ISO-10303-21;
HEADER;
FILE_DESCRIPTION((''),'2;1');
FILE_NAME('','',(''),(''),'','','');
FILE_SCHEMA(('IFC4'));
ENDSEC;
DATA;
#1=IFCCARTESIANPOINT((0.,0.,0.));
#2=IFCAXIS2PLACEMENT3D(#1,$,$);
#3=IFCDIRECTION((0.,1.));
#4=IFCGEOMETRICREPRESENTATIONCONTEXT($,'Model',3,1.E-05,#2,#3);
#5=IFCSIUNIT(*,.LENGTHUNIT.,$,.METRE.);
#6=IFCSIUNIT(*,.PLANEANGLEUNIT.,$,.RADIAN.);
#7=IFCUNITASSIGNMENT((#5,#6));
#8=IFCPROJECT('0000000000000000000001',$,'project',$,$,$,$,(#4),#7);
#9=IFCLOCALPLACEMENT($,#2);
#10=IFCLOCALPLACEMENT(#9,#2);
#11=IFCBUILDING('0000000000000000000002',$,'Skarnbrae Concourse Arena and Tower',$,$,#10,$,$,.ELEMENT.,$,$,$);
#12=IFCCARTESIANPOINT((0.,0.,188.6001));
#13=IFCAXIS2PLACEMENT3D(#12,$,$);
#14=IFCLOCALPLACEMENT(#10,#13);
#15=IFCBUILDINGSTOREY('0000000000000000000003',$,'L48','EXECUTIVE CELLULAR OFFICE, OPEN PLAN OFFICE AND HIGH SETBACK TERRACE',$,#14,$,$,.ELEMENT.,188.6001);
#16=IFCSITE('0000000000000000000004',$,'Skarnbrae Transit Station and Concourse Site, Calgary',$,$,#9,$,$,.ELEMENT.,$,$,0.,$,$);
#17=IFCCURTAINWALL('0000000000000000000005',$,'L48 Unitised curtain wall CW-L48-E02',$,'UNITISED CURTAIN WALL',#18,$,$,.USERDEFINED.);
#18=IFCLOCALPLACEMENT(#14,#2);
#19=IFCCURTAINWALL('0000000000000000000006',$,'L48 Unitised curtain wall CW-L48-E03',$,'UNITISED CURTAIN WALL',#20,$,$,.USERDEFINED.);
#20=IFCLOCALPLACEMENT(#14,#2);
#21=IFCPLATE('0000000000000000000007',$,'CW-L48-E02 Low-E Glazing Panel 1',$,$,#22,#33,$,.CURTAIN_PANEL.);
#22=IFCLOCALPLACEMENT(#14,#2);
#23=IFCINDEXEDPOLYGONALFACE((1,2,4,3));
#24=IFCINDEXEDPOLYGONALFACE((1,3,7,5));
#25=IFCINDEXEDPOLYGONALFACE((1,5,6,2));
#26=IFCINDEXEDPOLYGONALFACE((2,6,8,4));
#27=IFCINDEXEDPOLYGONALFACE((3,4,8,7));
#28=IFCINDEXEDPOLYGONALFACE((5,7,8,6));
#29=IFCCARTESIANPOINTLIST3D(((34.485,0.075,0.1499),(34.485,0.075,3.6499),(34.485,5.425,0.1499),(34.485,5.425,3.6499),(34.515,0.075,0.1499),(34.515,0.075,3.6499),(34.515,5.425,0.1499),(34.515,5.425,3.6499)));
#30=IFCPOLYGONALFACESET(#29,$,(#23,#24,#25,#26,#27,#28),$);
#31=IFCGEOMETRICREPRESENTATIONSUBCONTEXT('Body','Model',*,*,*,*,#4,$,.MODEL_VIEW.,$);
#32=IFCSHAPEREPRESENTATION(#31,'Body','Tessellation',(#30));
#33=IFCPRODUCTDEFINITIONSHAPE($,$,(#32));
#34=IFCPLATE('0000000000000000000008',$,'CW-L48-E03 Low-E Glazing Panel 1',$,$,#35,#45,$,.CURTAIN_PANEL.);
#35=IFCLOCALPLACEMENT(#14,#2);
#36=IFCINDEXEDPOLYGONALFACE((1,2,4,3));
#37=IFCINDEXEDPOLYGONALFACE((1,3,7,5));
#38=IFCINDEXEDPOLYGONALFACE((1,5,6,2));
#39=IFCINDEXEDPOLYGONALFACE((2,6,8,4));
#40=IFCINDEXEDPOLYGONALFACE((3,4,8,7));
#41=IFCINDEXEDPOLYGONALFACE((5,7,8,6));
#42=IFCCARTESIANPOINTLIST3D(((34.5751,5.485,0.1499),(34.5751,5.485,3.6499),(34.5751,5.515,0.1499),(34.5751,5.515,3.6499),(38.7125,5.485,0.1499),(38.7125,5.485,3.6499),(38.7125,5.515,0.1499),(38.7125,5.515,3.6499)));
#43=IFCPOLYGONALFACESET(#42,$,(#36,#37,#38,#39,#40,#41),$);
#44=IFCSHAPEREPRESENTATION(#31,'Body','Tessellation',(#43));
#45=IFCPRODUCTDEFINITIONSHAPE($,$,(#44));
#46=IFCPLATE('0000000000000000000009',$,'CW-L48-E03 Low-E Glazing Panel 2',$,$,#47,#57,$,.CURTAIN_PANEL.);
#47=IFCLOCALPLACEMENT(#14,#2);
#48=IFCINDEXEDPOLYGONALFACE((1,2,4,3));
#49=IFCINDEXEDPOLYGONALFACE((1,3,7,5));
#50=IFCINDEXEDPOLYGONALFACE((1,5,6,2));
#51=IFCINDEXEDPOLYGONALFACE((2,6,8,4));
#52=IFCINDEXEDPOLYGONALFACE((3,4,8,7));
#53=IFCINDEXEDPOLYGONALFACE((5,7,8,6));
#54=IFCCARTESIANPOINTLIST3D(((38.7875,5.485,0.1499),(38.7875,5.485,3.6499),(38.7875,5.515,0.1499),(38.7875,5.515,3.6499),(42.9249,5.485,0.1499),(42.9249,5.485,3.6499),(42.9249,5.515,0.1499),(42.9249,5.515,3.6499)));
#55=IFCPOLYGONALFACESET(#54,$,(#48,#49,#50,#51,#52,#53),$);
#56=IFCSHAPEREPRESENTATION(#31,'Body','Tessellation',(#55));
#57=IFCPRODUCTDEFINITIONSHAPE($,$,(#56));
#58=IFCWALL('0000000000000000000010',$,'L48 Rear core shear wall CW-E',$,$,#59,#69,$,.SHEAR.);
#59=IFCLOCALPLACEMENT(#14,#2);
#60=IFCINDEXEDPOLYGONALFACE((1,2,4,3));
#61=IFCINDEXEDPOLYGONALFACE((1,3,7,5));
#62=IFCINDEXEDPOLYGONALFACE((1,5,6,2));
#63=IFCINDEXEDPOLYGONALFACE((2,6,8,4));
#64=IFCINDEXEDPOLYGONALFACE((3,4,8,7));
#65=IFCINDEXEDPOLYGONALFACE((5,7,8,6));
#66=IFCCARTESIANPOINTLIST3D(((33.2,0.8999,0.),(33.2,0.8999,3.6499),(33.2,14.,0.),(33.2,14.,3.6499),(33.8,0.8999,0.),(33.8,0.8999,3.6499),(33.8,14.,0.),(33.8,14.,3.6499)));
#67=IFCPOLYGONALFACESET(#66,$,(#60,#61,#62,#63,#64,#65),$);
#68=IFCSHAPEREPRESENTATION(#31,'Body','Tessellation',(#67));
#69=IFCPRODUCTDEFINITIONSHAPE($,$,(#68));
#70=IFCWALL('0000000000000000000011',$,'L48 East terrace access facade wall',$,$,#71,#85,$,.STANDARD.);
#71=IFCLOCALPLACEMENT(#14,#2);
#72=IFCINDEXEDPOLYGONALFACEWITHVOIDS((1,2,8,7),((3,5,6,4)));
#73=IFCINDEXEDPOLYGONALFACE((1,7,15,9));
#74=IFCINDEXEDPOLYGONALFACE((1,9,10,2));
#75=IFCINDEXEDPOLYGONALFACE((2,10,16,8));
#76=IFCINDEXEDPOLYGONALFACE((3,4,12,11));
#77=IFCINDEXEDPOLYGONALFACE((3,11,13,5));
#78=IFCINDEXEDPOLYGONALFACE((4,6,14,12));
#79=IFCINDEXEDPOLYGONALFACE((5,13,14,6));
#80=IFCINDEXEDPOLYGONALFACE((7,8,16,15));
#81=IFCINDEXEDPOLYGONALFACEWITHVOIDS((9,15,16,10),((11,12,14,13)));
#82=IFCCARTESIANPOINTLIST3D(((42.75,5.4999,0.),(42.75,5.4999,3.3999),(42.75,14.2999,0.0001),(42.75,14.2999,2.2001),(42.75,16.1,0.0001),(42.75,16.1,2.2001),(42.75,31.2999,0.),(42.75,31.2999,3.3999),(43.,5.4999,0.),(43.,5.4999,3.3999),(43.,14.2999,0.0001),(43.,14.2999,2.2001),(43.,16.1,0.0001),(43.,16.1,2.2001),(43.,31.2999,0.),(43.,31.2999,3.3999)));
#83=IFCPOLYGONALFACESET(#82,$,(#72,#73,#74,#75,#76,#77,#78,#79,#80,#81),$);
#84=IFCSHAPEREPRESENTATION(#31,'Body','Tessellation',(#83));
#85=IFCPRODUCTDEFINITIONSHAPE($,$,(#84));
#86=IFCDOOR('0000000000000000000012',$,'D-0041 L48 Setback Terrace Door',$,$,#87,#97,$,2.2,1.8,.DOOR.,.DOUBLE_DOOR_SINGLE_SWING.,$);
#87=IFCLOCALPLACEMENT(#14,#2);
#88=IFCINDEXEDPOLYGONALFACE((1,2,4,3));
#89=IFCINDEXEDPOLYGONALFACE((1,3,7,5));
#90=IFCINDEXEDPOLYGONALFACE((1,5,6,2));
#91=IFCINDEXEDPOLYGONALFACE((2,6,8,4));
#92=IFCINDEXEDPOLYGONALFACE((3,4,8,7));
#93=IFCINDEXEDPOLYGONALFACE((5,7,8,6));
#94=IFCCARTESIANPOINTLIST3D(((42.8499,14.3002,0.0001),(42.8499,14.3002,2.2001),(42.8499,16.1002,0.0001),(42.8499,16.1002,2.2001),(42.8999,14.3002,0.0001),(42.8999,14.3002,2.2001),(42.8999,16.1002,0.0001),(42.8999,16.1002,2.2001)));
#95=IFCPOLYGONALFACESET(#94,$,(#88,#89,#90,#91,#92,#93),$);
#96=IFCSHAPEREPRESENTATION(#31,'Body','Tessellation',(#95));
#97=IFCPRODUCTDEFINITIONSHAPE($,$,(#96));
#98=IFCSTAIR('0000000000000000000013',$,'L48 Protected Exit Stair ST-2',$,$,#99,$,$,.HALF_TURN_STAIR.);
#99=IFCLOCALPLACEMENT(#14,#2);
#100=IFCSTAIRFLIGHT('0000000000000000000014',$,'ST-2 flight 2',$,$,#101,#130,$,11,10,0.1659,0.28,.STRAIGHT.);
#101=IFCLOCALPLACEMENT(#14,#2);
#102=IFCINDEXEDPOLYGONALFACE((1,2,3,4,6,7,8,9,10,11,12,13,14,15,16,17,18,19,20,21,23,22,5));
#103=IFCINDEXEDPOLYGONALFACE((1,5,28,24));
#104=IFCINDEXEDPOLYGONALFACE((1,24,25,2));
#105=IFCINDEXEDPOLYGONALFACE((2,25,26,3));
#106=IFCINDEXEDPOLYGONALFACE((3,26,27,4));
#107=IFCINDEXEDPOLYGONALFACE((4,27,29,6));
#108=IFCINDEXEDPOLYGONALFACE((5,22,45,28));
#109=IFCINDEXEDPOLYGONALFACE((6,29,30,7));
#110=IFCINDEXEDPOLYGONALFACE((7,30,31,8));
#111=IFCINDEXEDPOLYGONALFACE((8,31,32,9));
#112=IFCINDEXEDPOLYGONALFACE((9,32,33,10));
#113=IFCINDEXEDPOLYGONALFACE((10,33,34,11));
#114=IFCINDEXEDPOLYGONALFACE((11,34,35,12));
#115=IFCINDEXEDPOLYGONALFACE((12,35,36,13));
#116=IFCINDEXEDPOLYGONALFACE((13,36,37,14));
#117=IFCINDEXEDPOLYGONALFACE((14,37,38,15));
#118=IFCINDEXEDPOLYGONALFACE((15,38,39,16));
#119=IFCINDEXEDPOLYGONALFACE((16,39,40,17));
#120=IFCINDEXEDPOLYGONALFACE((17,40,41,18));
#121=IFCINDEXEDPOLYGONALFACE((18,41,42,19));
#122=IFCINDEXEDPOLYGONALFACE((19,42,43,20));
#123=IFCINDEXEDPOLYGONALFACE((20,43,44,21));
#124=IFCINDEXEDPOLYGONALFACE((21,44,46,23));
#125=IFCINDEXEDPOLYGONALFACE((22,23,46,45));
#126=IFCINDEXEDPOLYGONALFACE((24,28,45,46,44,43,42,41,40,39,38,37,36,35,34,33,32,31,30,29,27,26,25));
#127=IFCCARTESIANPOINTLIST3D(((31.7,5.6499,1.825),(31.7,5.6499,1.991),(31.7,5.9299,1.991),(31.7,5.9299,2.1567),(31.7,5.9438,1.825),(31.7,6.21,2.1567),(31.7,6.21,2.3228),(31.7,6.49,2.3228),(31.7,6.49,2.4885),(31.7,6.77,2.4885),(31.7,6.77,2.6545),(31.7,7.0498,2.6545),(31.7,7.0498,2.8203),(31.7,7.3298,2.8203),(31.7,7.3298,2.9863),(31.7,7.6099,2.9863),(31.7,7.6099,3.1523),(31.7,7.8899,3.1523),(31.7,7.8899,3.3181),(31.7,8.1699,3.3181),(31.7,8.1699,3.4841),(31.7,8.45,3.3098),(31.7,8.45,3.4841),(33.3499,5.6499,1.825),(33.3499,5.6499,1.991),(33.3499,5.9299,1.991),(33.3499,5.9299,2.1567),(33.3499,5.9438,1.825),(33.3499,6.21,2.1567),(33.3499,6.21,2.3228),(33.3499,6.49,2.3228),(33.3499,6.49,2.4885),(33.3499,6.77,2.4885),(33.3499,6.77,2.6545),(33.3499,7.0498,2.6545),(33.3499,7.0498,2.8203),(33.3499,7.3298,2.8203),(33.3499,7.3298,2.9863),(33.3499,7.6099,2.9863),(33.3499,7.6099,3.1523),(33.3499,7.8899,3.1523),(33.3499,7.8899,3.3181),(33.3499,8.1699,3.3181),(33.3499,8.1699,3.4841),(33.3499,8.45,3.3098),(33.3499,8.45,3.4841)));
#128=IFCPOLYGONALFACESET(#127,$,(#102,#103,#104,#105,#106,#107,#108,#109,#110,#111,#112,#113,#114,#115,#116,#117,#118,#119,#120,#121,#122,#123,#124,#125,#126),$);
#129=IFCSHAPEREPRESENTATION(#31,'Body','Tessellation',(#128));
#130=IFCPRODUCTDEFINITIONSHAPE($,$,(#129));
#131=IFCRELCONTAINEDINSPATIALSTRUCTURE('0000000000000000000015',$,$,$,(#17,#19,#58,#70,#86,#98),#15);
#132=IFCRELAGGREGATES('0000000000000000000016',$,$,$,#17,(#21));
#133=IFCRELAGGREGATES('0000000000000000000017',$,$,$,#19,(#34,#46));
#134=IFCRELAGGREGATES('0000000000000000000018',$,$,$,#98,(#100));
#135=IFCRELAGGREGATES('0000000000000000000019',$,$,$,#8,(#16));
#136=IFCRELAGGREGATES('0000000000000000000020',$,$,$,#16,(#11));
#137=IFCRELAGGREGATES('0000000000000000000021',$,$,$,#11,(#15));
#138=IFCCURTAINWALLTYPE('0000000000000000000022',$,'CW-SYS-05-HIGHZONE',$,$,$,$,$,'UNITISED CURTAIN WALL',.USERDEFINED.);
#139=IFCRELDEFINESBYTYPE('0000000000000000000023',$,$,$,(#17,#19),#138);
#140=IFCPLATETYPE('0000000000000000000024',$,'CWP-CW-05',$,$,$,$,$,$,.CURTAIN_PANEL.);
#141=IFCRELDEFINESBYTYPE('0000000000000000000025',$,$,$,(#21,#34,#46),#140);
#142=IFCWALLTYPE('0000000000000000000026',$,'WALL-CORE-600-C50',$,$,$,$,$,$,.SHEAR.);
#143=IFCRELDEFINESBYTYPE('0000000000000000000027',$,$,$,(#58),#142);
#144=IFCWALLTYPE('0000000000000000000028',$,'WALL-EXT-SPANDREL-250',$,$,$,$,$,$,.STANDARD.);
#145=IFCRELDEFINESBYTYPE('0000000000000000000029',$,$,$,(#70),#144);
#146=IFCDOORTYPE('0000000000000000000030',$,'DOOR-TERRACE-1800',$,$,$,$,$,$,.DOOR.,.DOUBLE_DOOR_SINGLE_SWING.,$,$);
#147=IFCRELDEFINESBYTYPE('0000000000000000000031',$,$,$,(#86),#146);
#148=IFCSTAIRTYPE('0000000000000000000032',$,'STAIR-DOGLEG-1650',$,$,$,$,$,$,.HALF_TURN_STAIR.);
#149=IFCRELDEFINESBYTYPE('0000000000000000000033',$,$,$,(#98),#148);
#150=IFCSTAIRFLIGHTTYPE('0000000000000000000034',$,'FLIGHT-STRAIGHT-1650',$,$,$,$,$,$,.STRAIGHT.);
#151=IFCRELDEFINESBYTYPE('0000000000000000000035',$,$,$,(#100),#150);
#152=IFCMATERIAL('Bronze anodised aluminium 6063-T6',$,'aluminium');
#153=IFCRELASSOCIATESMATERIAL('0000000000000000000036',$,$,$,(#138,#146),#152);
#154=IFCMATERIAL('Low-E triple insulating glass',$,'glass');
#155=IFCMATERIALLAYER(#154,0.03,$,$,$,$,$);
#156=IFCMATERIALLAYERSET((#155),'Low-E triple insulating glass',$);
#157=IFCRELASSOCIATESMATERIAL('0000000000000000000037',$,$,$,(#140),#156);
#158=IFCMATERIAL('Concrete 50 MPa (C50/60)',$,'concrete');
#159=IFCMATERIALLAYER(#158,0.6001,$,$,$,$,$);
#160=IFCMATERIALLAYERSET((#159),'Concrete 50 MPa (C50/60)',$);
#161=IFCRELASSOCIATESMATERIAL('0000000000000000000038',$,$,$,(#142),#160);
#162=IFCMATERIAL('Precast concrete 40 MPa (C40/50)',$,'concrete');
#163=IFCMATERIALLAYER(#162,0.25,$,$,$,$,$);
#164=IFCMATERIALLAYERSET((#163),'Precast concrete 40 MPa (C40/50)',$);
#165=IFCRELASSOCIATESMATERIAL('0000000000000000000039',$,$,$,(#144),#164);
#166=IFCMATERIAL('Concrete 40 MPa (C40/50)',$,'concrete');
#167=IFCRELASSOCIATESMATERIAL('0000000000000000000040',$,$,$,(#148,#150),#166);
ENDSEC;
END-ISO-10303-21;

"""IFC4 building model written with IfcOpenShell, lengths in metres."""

from ifc_helpers import new_model, si_unit, direction, frame, frame_2d, origin, origin_2d, place, context, subcontext, project, spatial, polyline, rectangle, outline, extrude, source, transform, mapped, material, layer, layer_set, type_object, element, fill, aggregate, save


model = new_model("IFC4")

# Units and contexts
model_context = context("Model", 3, precision=1e-05, world=origin(), true_north=direction((0.0, 1.0)))
body_context = subcontext(model_context, "Body", "Model", "MODEL_VIEW")
ifc_project = project(units=[si_unit("LENGTHUNIT", "METRE"), si_unit("PLANEANGLEUNIT", "RADIAN")], contexts=[model_context])

# Site, building, storey
site_placement = place(None, origin())
site = spatial("IfcSite", under=ifc_project, at=site_placement, Name="Skarnbrae Transit Station and Concourse Site, Calgary", CompositionType="ELEMENT", RefElevation=0.0)
building_placement = place(site_placement, origin())
building = spatial("IfcBuilding", under=site, at=building_placement, Name="Skarnbrae Concourse Arena and Tower", CompositionType="ELEMENT")
storey_placement = place(building_placement, frame((0.0, 0.0, 188.6001)))
storey = spatial("IfcBuildingStorey", under=building, at=storey_placement, Name="L48", Description="EXECUTIVE CELLULAR OFFICE, OPEN PLAN OFFICE AND HIGH SETBACK TERRACE", CompositionType="ELEMENT", Elevation=188.6001)

# Curtain walls
ifc_material_1 = material(Name="Bronze anodised aluminium 6063-T6", Category="aluminium")
curtain_wall_type = type_object("IfcCurtainWallType", Name="CW-SYS-05-HIGHZONE", ElementType="UNITISED CURTAIN WALL", PredefinedType="USERDEFINED", material=ifc_material_1)
curtain_wall_1_placement = place(storey_placement, origin())
curtain_wall_1 = element("IfcCurtainWall", 1, at=curtain_wall_1_placement, inside=storey, type_object=curtain_wall_type, Name="L48 Unitised curtain wall CW-L48-E02", ObjectType="UNITISED CURTAIN WALL", PredefinedType="USERDEFINED")
curtain_wall_2_placement = place(storey_placement, origin())
curtain_wall_2 = element("IfcCurtainWall", 2, at=curtain_wall_2_placement, inside=storey, type_object=curtain_wall_type, Name="L48 Unitised curtain wall CW-L48-E03", ObjectType="UNITISED CURTAIN WALL", PredefinedType="USERDEFINED")

# Plates
ifc_material_2 = material(Name="Low-E triple insulating glass", Category="glass")
ifc_layer_1 = layer(ifc_material_2, 0.03)
ifc_layer_set_1 = layer_set([ifc_layer_1], Name="Low-E triple insulating glass")
plate_type = type_object("IfcPlateType", Name="CWP-CW-05", PredefinedType="CURTAIN_PANEL", material=ifc_layer_set_1)
shared_shape_1 = source(origin(), body_context, "Body", "SweptSolid", [
    extrude(rectangle(XDim=5.3501, YDim=0.03, at=origin_2d()), origin(), (0.0, 0.0, 1.0), 3.5),
])
plate_1_placement = place(storey_placement, frame((34.5, 2.75, 0.1499), z_axis=(0.0, 0.0, 1.0), x_axis=(0.0, 1.0, 0.0)))
plate_1 = element("IfcPlate", 3, at=plate_1_placement, type_object=plate_type, Name="CW-L48-E02 Low-E Glazing Panel 1", PredefinedType="CURTAIN_PANEL", context=body_context, shape_type="MappedRepresentation", body=[
    mapped(shared_shape_1, transform((0.0, 0.0, 0.0))),
])
aggregate(curtain_wall_1, [plate_1])
shared_shape_2 = source(origin(), body_context, "Body", "SweptSolid", [
    extrude(rectangle(XDim=4.1375, YDim=0.03, at=origin_2d()), origin(), (0.0, 0.0, 1.0), 3.5),
])
plate_2_placement = place(storey_placement, frame((36.6438, 5.5, 0.1499), z_axis=(0.0, 0.0, 1.0), x_axis=(1.0, 0.0, 0.0)))
plate_2 = element("IfcPlate", 4, at=plate_2_placement, type_object=plate_type, Name="CW-L48-E03 Low-E Glazing Panel 1", PredefinedType="CURTAIN_PANEL", context=body_context, shape_type="MappedRepresentation", body=[
    mapped(shared_shape_2, transform((0.0, 0.0, 0.0))),
])
plate_3_placement = place(storey_placement, frame((40.8562, 5.5, 0.1499), z_axis=(0.0, 0.0, 1.0), x_axis=(1.0, 0.0, 0.0)))
plate_3 = element("IfcPlate", 5, at=plate_3_placement, type_object=plate_type, Name="CW-L48-E03 Low-E Glazing Panel 2", PredefinedType="CURTAIN_PANEL", context=body_context, shape_type="MappedRepresentation", body=[
    mapped(shared_shape_2, transform((0.0, 0.0, 0.0))),
])
aggregate(curtain_wall_2, [plate_2, plate_3])

# Wall
ifc_material_3 = material(Name="Concrete 50 MPa (C50/60)", Category="concrete")
ifc_layer_2 = layer(ifc_material_3, 0.6001)
ifc_layer_set_2 = layer_set([ifc_layer_2], Name="Concrete 50 MPa (C50/60)")
wall_type_1 = type_object("IfcWallType", Name="WALL-CORE-600-C50", PredefinedType="SHEAR", material=ifc_layer_set_2)
shared_shape_3 = source(origin(), body_context, "Body", "SweptSolid", [
    extrude(rectangle(XDim=13.1001, YDim=0.6001, at=frame_2d((6.55, 0.0))), origin(), (0.0, 0.0, 1.0), 3.6499),
])
wall_1_placement = place(storey_placement, frame((33.5, 0.8999, 0.0), z_axis=(0.0, 0.0, 1.0), x_axis=(0.0, 1.0, 0.0)))
element("IfcWall", 6, at=wall_1_placement, inside=storey, type_object=wall_type_1, Name="L48 Rear core shear wall CW-E", PredefinedType="SHEAR", context=body_context, shape_type="MappedRepresentation", body=[
    mapped(shared_shape_3, transform((0.0, 0.0, 0.0))),
])

# Wall, opening, door
ifc_material_4 = material(Name="Precast concrete 40 MPa (C40/50)", Category="concrete")
ifc_layer_3 = layer(ifc_material_4, 0.25)
ifc_layer_set_3 = layer_set([ifc_layer_3], Name="Precast concrete 40 MPa (C40/50)")
wall_type_2 = type_object("IfcWallType", Name="WALL-EXT-SPANDREL-250", PredefinedType="STANDARD", material=ifc_layer_set_3)
shared_shape_4 = source(origin(), body_context, "Body", "SweptSolid", [
    extrude(rectangle(XDim=25.8, YDim=0.25, at=frame_2d((12.8999, 0.0))), origin(), (0.0, 0.0, 1.0), 3.3999),
])
wall_2_placement = place(storey_placement, frame((42.875, 5.5, 0.0), z_axis=(0.0, 0.0, 1.0), x_axis=(0.0, 1.0, 0.0)))
wall_2 = element("IfcWall", 7, at=wall_2_placement, inside=storey, type_object=wall_type_2, Name="L48 East terrace access facade wall", PredefinedType="STANDARD", context=body_context, shape_type="MappedRepresentation", body=[
    mapped(shared_shape_4, transform((0.0, 0.0, 0.0))),
])
opening_placement = place(wall_2_placement, frame((8.8, 0.0, 0.0)))
opening = element("IfcOpeningElement", 8, at=opening_placement, cuts=wall_2, PredefinedType="OPENING", context=body_context, shape_type="SweptSolid", body=[
    extrude(rectangle(XDim=1.8, YDim=2.2, at=frame_2d((0.8999, 1.1001))), frame((0.0, 0.135, 0.0), z_axis=(0.0, -1.0, 0.0), x_axis=(1.0, 0.0, 0.0)), (0.0, 0.0, 1.0), 0.27),
])
door_type = type_object("IfcDoorType", Name="DOOR-TERRACE-1800", OperationType="DOUBLE_DOOR_SINGLE_SWING", PredefinedType="DOOR", material=ifc_material_1)
shared_shape_5 = source(origin(), body_context, "Body", "SweptSolid", [
    extrude(rectangle(XDim=1.8, YDim=2.2, at=frame_2d((0.8999, 1.1001))), frame((0.0, 0.0249, 0.0), z_axis=(0.0, -1.0, 0.0), x_axis=(1.0, 0.0, 0.0)), (0.0, 0.0, 1.0), 0.05),
])
door_placement = place(opening_placement, frame((1.8, 0.0, 0.0), z_axis=(0.0, 0.0, 1.0), x_axis=(-1.0, 0.0, 0.0)))
door = element("IfcDoor", 9, at=door_placement, inside=storey, type_object=door_type, Name="D-0041 L48 Setback Terrace Door", OperationType="DOUBLE_DOOR_SINGLE_SWING", OverallHeight=2.2, OverallWidth=1.8, PredefinedType="DOOR", context=body_context, shape_type="MappedRepresentation", body=[
    mapped(shared_shape_5, transform((0.0, 0.0, 0.0))),
])
fill(opening, door)

# Stair, stair flight
ifc_material_5 = material(Name="Concrete 40 MPa (C40/50)", Category="concrete")
stair_type = type_object("IfcStairType", Name="STAIR-DOGLEG-1650", PredefinedType="HALF_TURN_STAIR", material=ifc_material_5)
stair_placement = place(storey_placement, origin())
stair = element("IfcStair", 10, at=stair_placement, inside=storey, type_object=stair_type, Name="L48 Protected Exit Stair ST-2", PredefinedType="HALF_TURN_STAIR")
stair_flight_type = type_object("IfcStairFlightType", Name="FLIGHT-STRAIGHT-1650", PredefinedType="STRAIGHT", material=ifc_material_5)
shared_shape_6 = source(origin(), body_context, "Body", "SweptSolid", [
    extrude(outline(polyline([(0.0, 0.0), (0.0, 0.166), (0.28, 0.166), (0.28, 0.3318), (0.5601, 0.3318), (0.5601, 0.4978), (0.8401, 0.4978), (0.8401, 0.6636), (1.1201, 0.6636), (1.1201, 0.8296), (1.3999, 0.8296), (1.3999, 0.9954), (1.6799, 0.9954), (1.6799, 1.1614), (1.96, 1.1614), (1.96, 1.3274), (2.24, 1.3274), (2.24, 1.4932), (2.52, 1.4932), (2.52, 1.6592), (2.8, 1.6592), (2.8, 1.825), (2.8, 1.4849), (0.2939, 0.0), (0.0, 0.0)])), frame((0.0, 0.825, 0.0), z_axis=(0.0, -1.0, 0.0), x_axis=(1.0, 0.0, 0.0)), (0.0, 0.0, 1.0), 1.6499),
])
stair_flight_placement = place(storey_placement, frame((32.5249, 5.6499, 1.825), z_axis=(0.0, 0.0, 1.0), x_axis=(0.0, 1.0, 0.0)))
stair_flight = element("IfcStairFlight", 11, at=stair_flight_placement, type_object=stair_flight_type, Name="ST-2 flight 2", NumberOfRisers=11, NumberOfTreads=10, PredefinedType="STRAIGHT", RiserHeight=0.1659, TreadLength=0.28, context=body_context, shape_type="MappedRepresentation", body=[
    mapped(shared_shape_6, transform((0.0, 0.0, 0.0))),
])
aggregate(stair, [stair_flight])

save(model, "model.ifc")
